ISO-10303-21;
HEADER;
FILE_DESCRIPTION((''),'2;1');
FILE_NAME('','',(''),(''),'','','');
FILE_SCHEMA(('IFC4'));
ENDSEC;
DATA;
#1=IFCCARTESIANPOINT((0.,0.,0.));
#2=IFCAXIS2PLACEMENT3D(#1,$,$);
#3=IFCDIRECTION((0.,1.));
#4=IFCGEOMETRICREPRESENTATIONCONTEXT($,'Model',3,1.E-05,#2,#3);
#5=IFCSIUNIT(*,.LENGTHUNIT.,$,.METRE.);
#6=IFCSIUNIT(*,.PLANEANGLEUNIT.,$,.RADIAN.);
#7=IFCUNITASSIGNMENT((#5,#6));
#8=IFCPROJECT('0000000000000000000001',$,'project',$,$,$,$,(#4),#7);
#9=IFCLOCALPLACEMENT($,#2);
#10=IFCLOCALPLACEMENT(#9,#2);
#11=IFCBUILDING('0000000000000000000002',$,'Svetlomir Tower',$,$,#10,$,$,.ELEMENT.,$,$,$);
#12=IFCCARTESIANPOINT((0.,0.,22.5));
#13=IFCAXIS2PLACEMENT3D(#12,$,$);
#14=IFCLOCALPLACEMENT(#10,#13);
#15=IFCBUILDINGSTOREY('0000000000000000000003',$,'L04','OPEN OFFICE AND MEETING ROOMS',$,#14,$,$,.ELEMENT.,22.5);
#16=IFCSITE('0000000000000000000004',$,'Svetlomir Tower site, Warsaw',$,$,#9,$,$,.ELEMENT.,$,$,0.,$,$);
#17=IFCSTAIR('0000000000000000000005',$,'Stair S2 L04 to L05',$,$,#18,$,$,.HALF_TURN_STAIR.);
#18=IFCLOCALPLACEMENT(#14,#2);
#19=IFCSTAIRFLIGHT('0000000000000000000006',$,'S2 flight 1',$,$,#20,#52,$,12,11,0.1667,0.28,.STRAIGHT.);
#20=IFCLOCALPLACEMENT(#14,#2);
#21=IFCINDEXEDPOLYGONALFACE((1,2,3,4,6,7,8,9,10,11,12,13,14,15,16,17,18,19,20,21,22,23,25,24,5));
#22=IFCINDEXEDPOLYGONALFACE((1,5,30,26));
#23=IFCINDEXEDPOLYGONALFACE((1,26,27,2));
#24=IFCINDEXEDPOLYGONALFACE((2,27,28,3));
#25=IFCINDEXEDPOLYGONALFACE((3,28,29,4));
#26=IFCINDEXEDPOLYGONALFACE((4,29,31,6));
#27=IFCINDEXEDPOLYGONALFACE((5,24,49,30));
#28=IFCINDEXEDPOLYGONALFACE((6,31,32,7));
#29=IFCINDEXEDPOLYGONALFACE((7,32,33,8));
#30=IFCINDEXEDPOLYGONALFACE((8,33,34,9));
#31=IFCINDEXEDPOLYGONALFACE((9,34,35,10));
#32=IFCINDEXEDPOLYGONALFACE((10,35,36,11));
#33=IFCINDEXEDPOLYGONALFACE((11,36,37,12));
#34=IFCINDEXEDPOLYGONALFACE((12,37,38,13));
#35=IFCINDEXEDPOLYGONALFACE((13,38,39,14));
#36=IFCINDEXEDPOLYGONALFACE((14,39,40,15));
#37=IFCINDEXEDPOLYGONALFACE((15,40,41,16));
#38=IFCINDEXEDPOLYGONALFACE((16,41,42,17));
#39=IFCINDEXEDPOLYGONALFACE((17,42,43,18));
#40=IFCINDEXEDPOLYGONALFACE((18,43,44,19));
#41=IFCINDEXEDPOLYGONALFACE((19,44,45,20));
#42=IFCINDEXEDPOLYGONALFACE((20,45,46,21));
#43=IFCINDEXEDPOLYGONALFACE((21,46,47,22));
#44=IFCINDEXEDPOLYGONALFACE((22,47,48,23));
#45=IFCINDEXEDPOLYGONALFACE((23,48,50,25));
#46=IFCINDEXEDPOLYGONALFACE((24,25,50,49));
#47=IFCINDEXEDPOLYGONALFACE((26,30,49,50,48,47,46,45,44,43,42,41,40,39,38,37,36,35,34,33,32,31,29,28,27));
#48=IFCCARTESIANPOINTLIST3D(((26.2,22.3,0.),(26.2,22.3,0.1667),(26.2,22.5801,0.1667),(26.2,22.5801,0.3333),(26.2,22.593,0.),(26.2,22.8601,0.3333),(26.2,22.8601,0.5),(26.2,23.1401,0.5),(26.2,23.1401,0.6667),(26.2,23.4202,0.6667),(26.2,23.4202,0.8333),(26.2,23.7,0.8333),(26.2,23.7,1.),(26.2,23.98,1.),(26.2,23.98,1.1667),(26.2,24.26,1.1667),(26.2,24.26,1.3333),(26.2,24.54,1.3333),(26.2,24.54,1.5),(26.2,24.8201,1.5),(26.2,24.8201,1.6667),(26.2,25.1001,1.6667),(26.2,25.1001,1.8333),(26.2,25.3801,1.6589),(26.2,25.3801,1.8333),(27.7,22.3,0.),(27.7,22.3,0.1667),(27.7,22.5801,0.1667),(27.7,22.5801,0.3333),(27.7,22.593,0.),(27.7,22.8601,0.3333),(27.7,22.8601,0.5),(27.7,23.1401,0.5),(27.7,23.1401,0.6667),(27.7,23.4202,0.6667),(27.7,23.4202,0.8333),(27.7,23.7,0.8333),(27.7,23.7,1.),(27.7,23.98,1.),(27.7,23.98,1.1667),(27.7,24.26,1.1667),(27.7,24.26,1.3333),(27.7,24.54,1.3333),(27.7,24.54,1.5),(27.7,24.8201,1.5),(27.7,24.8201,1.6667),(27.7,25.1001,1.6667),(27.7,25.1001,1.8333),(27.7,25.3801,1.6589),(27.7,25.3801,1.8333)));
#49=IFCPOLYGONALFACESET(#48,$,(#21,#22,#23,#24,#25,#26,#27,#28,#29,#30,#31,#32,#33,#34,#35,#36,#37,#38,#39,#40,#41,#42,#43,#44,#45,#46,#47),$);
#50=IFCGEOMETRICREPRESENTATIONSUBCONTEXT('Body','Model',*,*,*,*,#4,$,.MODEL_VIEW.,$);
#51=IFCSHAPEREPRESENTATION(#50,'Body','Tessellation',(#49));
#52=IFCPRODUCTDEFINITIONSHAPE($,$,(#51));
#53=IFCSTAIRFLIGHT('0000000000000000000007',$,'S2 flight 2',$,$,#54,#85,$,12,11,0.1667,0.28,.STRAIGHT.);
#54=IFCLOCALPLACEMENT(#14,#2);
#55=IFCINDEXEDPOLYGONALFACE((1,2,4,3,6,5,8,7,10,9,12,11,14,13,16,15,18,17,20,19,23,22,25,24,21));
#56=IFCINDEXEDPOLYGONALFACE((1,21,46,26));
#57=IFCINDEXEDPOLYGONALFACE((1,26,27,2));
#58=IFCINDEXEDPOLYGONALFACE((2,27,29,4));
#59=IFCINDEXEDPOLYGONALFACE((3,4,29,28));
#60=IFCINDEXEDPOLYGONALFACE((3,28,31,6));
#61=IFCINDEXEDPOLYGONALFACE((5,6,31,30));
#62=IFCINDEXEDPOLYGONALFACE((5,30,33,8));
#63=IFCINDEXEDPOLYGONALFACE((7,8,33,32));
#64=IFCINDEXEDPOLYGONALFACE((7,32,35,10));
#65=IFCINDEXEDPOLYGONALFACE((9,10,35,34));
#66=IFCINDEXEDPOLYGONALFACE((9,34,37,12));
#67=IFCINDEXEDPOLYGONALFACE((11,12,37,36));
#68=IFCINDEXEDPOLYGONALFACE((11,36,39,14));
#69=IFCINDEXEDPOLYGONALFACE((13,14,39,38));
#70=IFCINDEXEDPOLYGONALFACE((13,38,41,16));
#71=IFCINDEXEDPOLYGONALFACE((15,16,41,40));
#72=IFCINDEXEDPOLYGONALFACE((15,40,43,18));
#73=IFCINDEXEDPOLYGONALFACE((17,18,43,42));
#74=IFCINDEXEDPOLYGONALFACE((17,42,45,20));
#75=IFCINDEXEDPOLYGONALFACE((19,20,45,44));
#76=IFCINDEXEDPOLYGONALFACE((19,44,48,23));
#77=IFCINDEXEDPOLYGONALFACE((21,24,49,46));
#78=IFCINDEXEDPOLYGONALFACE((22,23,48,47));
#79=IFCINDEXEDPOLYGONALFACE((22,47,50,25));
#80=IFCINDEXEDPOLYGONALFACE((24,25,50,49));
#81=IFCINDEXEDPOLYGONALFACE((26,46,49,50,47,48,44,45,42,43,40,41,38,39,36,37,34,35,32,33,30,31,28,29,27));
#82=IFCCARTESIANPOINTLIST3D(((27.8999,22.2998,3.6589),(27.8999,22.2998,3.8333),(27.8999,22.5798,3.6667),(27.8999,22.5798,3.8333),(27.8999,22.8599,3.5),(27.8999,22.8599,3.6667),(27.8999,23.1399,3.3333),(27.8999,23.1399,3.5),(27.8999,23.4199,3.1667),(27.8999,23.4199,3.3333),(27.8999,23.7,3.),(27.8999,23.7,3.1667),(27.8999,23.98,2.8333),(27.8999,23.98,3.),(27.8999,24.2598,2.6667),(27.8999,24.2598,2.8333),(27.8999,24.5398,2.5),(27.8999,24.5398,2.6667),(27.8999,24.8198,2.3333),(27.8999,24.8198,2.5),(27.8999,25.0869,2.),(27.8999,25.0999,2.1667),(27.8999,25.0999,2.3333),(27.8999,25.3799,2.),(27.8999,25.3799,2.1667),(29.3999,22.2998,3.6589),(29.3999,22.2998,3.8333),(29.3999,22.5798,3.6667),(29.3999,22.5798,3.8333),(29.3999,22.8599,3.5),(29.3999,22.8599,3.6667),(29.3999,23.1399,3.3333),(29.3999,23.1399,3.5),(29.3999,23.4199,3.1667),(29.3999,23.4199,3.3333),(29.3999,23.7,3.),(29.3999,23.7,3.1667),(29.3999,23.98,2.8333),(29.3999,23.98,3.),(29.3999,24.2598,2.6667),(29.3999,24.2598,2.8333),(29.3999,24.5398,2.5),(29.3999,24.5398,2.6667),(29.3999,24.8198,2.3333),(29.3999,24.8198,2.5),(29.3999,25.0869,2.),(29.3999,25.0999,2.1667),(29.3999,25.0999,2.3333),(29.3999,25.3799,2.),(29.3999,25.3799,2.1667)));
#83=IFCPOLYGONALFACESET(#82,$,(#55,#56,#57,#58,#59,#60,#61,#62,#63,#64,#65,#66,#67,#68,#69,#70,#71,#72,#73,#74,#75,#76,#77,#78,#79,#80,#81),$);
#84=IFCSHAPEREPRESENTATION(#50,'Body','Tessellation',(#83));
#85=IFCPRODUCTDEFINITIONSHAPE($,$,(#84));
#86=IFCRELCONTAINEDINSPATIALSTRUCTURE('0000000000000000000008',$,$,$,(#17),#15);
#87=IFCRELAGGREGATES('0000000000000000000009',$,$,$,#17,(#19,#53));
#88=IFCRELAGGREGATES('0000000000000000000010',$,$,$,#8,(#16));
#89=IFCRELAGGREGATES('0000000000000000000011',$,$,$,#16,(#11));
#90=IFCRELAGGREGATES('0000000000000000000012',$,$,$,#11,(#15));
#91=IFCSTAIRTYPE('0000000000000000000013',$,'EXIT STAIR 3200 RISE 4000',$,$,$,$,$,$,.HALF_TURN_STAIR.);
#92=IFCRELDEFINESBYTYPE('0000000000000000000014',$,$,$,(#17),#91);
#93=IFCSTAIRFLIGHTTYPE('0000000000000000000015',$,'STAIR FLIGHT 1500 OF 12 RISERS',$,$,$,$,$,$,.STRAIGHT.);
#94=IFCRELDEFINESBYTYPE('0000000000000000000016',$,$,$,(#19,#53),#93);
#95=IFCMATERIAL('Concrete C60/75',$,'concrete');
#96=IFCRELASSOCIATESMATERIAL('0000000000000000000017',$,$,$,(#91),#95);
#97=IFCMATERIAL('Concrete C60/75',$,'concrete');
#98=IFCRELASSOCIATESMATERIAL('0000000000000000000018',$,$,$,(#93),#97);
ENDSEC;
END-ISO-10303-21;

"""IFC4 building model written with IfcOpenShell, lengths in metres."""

from ifc_helpers import new_model, si_unit, direction, frame, origin, place, context, subcontext, project, spatial, polyline, outline, extrude, material, type_object, element, aggregate, save


model = new_model("IFC4")

# Units and contexts
model_context = context("Model", 3, precision=1e-05, world=origin(), true_north=direction((0.0, 1.0)))
body_context = subcontext(model_context, "Body", "Model", "MODEL_VIEW")
ifc_project = project(units=[si_unit("LENGTHUNIT", "METRE"), si_unit("PLANEANGLEUNIT", "RADIAN")], contexts=[model_context])

# Site, building, storey
site_placement = place(None, origin())
site = spatial("IfcSite", under=ifc_project, at=site_placement, Name="Svetlomir Tower site, Warsaw", CompositionType="ELEMENT", RefElevation=0.0)
building_placement = place(site_placement, origin())
building = spatial("IfcBuilding", under=site, at=building_placement, Name="Svetlomir Tower", CompositionType="ELEMENT")
storey_placement = place(building_placement, frame((0.0, 0.0, 22.5)))
storey = spatial("IfcBuildingStorey", under=building, at=storey_placement, Name="L04", Description="OPEN OFFICE AND MEETING ROOMS", CompositionType="ELEMENT", Elevation=22.5)

# Stair, stair flights
ifc_material_1 = material(Name="Concrete C60/75", Category="concrete")
stair_type = type_object("IfcStairType", Name="EXIT STAIR 3200 RISE 4000", PredefinedType="HALF_TURN_STAIR", material=ifc_material_1)
stair_placement = place(storey_placement, origin())
stair = element("IfcStair", 1, at=stair_placement, inside=storey, type_object=stair_type, Name="Stair S2 L04 to L05", PredefinedType="HALF_TURN_STAIR")
ifc_material_2 = material(Name="Concrete C60/75", Category="concrete")
stair_flight_type = type_object("IfcStairFlightType", Name="STAIR FLIGHT 1500 OF 12 RISERS", PredefinedType="STRAIGHT", material=ifc_material_2)
stair_flight_1_placement = place(storey_placement, frame((26.95, 22.3, 0.0), z_axis=(0.0, 0.0, 1.0), x_axis=(0.0, 1.0, 0.0)))
stair_flight_1 = element("IfcStairFlight", 2, at=stair_flight_1_placement, type_object=stair_flight_type, Name="S2 flight 1", NumberOfRisers=12, NumberOfTreads=11, PredefinedType="STRAIGHT", RiserHeight=0.1667, TreadLength=0.28, context=body_context, shape_type="SweptSolid", body=[
    extrude(outline(polyline([(0.0, 0.0), (0.0, 0.1667), (0.28, 0.1667), (0.28, 0.3333), (0.5601, 0.3333), (0.5601, 0.5), (0.8401, 0.5), (0.8401, 0.6667), (1.1201, 0.6667), (1.1201, 0.8333), (1.3999, 0.8333), (1.3999, 1.0), (1.6799, 1.0), (1.6799, 1.1667), (1.96, 1.1667), (1.96, 1.3333), (2.24, 1.3333), (2.24, 1.5), (2.52, 1.5), (2.52, 1.6667), (2.8, 1.6667), (2.8, 1.8333), (3.0801, 1.8333), (3.0801, 2.0), (3.0801, 1.6589), (0.293, 0.0), (0.0, 0.0)])), frame((0.0, 0.75, 0.0), z_axis=(0.0, -1.0, 0.0), x_axis=(1.0, 0.0, 0.0)), (0.0, 0.0, 1.0), 1.5),
])
stair_flight_2_placement = place(storey_placement, frame((28.6499, 25.3799, 2.0), z_axis=(0.0, 0.0, 1.0), x_axis=(0.0, -1.0, 0.0)))
stair_flight_2 = element("IfcStairFlight", 3, at=stair_flight_2_placement, type_object=stair_flight_type, Name="S2 flight 2", NumberOfRisers=12, NumberOfTreads=11, PredefinedType="STRAIGHT", RiserHeight=0.1667, TreadLength=0.28, context=body_context, shape_type="SweptSolid", body=[
    extrude(outline(polyline([(0.0, 0.0), (0.0, 0.1667), (0.28, 0.1667), (0.28, 0.3333), (0.5601, 0.3333), (0.5601, 0.5), (0.8401, 0.5), (0.8401, 0.6667), (1.1201, 0.6667), (1.1201, 0.8333), (1.3999, 0.8333), (1.3999, 1.0), (1.6799, 1.0), (1.6799, 1.1667), (1.96, 1.1667), (1.96, 1.3333), (2.24, 1.3333), (2.24, 1.5), (2.52, 1.5), (2.52, 1.6667), (2.8, 1.6667), (2.8, 1.8333), (3.0801, 1.8333), (3.0801, 2.0), (3.0801, 1.6589), (0.293, 0.0), (0.0, 0.0)])), frame((0.0, 0.75, 0.0), z_axis=(0.0, -1.0, 0.0), x_axis=(1.0, 0.0, 0.0)), (0.0, 0.0, 1.0), 1.5),
])
aggregate(stair, [stair_flight_1, stair_flight_2])

save(model, "model.ifc")
